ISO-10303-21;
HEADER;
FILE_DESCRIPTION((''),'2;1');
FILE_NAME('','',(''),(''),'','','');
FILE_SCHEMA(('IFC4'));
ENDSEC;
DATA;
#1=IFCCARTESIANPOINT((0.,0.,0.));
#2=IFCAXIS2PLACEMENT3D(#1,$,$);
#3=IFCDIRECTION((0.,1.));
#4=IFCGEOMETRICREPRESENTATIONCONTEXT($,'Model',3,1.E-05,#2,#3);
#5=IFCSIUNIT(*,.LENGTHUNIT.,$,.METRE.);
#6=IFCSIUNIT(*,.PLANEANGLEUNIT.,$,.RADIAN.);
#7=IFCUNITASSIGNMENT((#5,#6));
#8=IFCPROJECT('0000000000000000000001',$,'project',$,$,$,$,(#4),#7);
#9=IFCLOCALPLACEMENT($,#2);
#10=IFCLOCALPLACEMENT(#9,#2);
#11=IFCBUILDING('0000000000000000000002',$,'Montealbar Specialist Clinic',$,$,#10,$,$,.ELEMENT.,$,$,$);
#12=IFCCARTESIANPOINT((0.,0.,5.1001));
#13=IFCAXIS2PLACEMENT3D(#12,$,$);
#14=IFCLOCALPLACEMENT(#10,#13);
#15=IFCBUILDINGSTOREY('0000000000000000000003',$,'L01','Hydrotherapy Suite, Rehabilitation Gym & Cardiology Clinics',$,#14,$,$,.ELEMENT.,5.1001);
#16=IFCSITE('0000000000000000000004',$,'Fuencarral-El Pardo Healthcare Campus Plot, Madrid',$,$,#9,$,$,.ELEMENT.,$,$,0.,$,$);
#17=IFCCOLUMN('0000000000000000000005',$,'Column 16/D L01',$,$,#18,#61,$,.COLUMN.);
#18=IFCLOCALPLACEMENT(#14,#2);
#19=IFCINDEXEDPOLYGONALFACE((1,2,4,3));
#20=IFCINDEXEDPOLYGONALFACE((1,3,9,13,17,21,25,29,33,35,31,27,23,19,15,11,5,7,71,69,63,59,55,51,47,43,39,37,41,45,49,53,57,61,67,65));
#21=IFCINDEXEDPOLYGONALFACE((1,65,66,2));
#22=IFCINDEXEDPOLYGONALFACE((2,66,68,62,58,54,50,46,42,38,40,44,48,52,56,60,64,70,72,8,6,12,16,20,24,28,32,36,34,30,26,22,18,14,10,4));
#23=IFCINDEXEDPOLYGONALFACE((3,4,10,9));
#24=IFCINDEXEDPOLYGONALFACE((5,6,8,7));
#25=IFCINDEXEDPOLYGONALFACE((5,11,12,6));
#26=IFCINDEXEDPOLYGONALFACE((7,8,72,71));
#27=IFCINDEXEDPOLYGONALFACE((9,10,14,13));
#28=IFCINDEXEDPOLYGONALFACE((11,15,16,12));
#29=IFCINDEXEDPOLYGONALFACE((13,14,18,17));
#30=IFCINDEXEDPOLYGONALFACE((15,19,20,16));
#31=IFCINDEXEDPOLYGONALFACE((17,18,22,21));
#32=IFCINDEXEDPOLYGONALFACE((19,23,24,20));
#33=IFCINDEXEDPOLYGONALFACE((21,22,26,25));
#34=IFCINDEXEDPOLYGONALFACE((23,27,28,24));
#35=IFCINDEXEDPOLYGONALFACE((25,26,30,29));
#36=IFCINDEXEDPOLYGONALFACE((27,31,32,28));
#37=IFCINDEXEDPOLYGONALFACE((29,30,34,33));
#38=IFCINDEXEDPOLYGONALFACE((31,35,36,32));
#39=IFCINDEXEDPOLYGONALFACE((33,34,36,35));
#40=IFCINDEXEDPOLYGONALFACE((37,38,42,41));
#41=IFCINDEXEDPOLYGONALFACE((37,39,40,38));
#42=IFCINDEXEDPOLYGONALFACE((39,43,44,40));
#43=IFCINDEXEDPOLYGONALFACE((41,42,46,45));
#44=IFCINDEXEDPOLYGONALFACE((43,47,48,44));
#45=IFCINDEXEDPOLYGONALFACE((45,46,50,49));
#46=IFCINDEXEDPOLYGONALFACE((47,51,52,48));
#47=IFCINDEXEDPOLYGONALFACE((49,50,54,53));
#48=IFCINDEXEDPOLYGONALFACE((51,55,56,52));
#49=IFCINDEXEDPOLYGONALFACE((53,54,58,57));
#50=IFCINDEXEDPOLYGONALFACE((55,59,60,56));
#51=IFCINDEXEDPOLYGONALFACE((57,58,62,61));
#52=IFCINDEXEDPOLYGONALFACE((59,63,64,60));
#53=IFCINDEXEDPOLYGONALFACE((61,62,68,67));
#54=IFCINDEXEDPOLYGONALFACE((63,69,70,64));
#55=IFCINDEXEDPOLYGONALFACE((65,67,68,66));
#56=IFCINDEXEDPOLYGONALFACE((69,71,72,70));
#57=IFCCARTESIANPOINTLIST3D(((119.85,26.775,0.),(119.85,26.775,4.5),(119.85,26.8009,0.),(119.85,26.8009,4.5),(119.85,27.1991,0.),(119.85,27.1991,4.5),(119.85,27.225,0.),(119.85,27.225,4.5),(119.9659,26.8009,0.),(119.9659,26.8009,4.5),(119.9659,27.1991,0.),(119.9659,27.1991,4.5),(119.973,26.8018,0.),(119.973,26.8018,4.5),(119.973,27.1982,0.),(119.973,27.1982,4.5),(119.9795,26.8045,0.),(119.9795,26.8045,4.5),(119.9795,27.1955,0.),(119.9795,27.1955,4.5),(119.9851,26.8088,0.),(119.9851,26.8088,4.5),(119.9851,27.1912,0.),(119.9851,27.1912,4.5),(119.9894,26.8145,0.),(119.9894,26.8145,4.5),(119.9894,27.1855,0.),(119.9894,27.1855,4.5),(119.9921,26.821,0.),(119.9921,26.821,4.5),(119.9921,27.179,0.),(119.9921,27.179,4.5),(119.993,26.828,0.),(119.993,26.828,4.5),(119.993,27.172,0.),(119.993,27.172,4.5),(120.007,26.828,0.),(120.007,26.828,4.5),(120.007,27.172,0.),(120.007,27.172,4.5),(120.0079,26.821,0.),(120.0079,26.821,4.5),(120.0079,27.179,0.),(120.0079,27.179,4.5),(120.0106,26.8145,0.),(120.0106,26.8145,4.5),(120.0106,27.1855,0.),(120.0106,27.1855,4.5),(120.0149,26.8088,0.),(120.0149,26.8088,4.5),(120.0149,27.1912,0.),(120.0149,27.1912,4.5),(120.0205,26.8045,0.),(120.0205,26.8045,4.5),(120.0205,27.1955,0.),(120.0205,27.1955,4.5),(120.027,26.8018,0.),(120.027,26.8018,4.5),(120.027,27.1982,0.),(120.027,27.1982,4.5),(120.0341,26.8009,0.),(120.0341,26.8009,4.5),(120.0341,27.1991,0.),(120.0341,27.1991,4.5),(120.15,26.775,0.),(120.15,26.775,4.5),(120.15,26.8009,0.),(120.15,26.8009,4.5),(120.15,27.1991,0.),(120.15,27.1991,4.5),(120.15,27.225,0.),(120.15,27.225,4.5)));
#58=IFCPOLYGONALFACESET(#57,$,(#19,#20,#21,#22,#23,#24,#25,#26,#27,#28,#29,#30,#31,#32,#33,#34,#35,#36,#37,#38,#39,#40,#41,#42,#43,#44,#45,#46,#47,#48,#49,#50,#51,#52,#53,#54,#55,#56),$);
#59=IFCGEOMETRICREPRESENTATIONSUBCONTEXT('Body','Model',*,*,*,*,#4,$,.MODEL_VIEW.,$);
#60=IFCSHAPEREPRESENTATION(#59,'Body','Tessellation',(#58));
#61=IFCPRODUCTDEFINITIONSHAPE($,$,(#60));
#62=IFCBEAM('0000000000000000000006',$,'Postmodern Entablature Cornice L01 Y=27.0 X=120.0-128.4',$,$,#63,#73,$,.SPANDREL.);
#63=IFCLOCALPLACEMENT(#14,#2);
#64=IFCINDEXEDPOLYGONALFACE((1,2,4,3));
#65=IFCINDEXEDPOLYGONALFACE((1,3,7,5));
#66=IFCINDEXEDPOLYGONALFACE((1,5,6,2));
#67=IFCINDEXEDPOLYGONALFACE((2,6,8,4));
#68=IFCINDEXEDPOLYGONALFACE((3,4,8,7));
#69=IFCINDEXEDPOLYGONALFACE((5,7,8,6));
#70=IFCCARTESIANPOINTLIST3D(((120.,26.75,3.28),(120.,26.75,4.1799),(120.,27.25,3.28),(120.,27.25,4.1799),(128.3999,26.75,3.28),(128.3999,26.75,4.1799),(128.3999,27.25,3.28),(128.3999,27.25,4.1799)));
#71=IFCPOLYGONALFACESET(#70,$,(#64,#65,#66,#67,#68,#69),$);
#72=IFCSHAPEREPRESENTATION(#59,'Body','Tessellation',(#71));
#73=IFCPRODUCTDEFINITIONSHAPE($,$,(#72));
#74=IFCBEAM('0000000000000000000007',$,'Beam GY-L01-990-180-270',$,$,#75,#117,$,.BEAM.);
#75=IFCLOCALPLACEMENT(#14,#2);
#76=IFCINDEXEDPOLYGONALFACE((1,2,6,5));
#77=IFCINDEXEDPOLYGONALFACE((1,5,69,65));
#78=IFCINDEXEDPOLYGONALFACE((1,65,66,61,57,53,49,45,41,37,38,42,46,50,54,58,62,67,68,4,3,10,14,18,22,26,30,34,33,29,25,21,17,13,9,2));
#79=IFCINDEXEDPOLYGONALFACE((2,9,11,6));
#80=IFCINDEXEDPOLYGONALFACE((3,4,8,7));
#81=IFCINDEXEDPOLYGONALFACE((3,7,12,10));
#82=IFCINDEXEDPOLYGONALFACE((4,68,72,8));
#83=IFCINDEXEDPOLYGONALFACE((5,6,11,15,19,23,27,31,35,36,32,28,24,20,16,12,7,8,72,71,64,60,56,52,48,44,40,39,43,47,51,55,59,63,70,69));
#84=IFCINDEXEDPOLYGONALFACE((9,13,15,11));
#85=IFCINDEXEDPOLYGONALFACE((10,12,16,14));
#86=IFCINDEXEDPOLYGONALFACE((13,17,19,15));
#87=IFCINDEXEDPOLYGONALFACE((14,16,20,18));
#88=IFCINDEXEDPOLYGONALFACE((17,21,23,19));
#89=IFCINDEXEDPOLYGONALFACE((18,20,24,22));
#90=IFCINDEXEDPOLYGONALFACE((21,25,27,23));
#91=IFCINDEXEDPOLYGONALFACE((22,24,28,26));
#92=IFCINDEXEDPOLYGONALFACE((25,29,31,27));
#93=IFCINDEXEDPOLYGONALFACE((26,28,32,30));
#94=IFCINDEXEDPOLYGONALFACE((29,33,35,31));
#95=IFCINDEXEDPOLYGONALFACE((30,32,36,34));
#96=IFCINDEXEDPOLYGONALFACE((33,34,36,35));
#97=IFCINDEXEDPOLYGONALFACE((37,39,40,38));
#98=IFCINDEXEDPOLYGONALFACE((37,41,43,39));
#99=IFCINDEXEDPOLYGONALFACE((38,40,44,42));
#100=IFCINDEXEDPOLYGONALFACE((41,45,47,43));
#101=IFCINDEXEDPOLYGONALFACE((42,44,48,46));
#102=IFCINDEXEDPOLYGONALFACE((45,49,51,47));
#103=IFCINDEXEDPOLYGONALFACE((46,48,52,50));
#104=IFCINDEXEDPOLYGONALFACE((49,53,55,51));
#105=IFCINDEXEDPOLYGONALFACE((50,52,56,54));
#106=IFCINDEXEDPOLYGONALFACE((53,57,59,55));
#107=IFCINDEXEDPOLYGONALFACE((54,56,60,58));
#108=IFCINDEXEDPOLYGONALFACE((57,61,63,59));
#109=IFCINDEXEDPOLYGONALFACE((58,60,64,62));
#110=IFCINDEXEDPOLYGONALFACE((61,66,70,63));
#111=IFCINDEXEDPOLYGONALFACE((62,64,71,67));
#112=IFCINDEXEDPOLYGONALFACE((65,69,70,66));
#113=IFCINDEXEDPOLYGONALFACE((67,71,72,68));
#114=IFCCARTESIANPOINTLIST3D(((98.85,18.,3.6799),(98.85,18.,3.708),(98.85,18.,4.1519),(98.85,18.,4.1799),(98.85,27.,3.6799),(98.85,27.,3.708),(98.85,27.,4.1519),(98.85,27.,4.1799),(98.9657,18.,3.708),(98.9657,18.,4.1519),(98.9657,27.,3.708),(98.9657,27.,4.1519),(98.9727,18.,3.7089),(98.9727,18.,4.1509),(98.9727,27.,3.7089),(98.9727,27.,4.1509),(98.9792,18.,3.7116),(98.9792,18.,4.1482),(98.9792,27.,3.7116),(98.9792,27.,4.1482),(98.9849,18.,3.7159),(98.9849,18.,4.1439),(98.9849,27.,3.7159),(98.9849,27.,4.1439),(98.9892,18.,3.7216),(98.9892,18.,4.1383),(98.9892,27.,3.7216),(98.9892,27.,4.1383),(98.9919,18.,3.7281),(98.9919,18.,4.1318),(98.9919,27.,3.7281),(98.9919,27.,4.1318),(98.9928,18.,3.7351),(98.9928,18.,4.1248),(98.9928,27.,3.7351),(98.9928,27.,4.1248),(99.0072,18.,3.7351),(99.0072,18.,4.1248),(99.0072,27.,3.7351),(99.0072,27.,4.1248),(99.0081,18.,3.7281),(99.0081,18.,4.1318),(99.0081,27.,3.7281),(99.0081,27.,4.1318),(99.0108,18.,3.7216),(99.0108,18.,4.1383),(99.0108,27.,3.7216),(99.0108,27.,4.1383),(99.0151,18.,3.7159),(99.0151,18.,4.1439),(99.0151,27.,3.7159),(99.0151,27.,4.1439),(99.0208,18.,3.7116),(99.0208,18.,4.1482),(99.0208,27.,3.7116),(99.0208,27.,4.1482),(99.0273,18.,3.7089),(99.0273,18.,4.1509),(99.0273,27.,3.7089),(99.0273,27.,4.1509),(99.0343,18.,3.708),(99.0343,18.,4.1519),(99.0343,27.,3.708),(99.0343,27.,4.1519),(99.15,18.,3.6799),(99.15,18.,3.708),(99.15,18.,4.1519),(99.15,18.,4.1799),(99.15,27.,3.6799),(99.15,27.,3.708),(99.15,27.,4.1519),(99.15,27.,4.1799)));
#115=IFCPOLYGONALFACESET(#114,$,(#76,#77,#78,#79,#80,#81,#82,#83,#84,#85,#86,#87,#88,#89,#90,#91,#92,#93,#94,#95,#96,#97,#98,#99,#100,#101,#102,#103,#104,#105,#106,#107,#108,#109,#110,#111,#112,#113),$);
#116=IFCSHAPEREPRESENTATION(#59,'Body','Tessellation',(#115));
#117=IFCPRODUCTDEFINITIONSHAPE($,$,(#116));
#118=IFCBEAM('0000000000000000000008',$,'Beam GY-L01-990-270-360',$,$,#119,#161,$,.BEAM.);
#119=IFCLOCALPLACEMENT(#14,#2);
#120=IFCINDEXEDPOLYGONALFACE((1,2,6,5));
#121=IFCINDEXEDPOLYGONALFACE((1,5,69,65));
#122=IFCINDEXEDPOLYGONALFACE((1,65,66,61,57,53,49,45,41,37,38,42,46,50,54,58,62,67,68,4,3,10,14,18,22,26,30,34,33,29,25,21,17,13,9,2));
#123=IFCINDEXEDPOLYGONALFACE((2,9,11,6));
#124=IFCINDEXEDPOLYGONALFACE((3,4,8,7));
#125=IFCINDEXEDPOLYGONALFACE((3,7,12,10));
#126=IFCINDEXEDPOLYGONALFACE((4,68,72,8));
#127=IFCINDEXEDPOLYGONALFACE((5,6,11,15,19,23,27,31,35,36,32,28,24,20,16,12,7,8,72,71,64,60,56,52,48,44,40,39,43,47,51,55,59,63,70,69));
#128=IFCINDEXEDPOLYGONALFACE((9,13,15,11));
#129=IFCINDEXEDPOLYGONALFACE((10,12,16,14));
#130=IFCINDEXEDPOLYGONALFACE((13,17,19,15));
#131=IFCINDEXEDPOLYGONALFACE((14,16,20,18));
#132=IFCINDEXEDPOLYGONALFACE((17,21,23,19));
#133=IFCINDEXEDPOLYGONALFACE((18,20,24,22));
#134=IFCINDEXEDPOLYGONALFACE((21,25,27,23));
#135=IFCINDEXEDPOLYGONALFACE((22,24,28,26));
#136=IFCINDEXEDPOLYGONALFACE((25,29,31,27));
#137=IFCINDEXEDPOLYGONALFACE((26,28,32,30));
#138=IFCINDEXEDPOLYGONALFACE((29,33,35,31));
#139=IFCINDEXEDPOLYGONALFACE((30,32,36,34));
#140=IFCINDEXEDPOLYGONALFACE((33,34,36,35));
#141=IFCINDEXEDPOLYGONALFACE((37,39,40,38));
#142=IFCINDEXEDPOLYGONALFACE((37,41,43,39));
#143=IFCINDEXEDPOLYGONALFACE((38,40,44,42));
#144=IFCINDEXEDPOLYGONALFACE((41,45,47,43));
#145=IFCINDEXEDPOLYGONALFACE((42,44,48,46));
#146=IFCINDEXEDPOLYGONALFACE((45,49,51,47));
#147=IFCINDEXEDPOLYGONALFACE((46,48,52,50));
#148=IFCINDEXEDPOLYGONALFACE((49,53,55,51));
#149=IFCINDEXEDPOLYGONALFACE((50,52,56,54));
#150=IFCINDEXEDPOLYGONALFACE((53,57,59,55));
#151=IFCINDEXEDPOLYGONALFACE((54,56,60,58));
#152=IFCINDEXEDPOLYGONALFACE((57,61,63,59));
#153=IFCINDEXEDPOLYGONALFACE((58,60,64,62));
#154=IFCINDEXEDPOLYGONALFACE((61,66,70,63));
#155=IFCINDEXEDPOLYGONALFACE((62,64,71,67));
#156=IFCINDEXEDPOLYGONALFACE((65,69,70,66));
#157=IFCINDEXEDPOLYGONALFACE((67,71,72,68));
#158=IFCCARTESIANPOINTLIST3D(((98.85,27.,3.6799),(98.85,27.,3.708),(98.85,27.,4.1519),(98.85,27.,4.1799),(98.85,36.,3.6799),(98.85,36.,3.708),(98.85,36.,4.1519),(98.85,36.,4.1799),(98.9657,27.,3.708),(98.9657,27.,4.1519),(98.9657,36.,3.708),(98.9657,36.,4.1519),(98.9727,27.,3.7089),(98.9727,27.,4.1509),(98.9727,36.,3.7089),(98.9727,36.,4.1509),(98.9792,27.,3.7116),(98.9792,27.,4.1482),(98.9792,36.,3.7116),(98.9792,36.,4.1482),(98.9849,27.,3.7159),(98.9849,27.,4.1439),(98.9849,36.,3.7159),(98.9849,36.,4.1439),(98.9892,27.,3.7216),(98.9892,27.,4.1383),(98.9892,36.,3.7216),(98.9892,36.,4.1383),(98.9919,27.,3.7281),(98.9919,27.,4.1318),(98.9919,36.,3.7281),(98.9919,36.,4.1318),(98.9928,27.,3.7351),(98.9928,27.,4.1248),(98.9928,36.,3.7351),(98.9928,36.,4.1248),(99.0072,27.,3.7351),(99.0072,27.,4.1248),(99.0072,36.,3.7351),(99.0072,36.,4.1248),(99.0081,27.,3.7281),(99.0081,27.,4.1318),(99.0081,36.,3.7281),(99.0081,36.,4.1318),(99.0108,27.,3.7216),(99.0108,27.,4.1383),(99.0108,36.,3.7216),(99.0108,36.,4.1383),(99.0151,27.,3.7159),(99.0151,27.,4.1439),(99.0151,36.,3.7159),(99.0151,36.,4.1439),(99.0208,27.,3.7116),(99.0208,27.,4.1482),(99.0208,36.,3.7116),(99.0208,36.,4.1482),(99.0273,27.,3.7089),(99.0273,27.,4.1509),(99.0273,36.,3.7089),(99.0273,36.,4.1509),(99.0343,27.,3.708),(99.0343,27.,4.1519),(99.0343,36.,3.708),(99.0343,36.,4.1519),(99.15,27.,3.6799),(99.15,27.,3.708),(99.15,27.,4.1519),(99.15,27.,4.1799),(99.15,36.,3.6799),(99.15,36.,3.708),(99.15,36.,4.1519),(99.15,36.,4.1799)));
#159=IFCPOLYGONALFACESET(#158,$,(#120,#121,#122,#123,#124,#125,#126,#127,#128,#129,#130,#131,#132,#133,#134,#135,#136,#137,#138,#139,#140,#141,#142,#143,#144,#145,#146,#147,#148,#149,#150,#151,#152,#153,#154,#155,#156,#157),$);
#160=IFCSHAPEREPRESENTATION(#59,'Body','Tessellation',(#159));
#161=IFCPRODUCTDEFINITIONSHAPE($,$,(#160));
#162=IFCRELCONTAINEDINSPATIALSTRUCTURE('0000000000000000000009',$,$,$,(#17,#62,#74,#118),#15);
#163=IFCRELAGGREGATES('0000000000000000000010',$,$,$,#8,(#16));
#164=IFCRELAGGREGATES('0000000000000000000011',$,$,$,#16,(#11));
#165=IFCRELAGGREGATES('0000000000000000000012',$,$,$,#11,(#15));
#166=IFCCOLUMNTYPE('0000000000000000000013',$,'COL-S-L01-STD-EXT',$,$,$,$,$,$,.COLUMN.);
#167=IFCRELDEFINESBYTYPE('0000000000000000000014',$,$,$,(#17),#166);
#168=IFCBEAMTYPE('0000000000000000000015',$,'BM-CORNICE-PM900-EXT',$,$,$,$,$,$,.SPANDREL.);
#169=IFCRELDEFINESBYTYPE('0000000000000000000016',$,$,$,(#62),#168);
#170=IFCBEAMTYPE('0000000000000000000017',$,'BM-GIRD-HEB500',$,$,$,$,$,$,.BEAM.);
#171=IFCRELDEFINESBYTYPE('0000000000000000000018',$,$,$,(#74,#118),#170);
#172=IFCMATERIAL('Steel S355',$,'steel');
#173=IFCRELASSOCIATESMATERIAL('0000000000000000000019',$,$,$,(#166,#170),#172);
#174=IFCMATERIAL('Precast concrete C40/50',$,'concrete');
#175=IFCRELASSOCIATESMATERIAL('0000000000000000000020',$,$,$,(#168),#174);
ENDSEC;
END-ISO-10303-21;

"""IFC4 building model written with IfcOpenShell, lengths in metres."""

from ifc_helpers import new_model, si_unit, direction, frame, origin, origin_2d, place, context, subcontext, project, spatial, rectangle, i_section, extrude, material, material_profile, profile_set, type_object, element, save


model = new_model("IFC4")

# Units and contexts
model_context = context("Model", 3, precision=1e-05, world=origin(), true_north=direction((0.0, 1.0)))
body_context = subcontext(model_context, "Body", "Model", "MODEL_VIEW")
ifc_project = project(units=[si_unit("LENGTHUNIT", "METRE"), si_unit("PLANEANGLEUNIT", "RADIAN")], contexts=[model_context])

# Site, building, storey
site_placement = place(None, origin())
site = spatial("IfcSite", under=ifc_project, at=site_placement, Name="Fuencarral-El Pardo Healthcare Campus Plot, Madrid", CompositionType="ELEMENT", RefElevation=0.0)
building_placement = place(site_placement, origin())
building = spatial("IfcBuilding", under=site, at=building_placement, Name="Montealbar Specialist Clinic", CompositionType="ELEMENT")
storey_placement = place(building_placement, frame((0.0, 0.0, 5.1001)))
storey = spatial("IfcBuildingStorey", under=building, at=storey_placement, Name="L01", Description="Hydrotherapy Suite, Rehabilitation Gym & Cardiology Clinics", CompositionType="ELEMENT", Elevation=5.1001)

# Column
ifc_material_1 = material(Name="Steel S355", Category="steel")
ifc_material_profile_1 = material_profile(ifc_material_1, i_section(OverallWidth=0.3, OverallDepth=0.45, WebThickness=0.0139, FlangeThickness=0.0259, FilletRadius=0.0271, at=origin_2d()), Name="HEB 450", Category="steel")
ifc_profile_set_1 = profile_set([ifc_material_profile_1], Name="Steel S355")
column_type_1 = type_object("IfcColumnType", Name="COL-S-L01-STD-EXT", PredefinedType="COLUMN", material=ifc_profile_set_1)
column_placement = place(storey_placement, frame((120.0, 27.0, 0.0), z_axis=(0.0, 0.0, 1.0), x_axis=(1.0, 0.0, 0.0)))
element("IfcColumn", 1, at=column_placement, inside=storey, type_object=column_type_1, Name="Column 16/D L01", PredefinedType="COLUMN", context=body_context, shape_type="SweptSolid", body=[
    extrude(i_section(OverallWidth=0.3, OverallDepth=0.45, WebThickness=0.0139, FlangeThickness=0.0259, FilletRadius=0.0271, at=origin_2d()), origin(), (0.0, 0.0, 1.0), 4.5),
])

# Beams
ifc_material_2 = material(Name="Precast concrete C40/50", Category="concrete")
ifc_material_profile_2 = material_profile(ifc_material_2, rectangle(XDim=0.5, YDim=0.8999, at=origin_2d()), Name="PRECAST CORNICE 500x900", Category="concrete")
ifc_profile_set_2 = profile_set([ifc_material_profile_2], Name="Precast concrete C40/50")
beam_type_1 = type_object("IfcBeamType", Name="BM-CORNICE-PM900-EXT", PredefinedType="SPANDREL", material=ifc_profile_set_2)
beam_1_placement = place(storey_placement, frame((120.0, 27.0, 3.73), z_axis=(1.0, 0.0, 0.0), x_axis=(0.0, 1.0, 0.0)))
element("IfcBeam", 2, at=beam_1_placement, inside=storey, type_object=beam_type_1, Name="Postmodern Entablature Cornice L01 Y=27.0 X=120.0-128.4", PredefinedType="SPANDREL", context=body_context, shape_type="SweptSolid", body=[
    extrude(rectangle(XDim=0.5, YDim=0.8999, at=origin_2d()), origin(), (0.0, 0.0, 1.0), 8.3999),
])
ifc_material_profile_3 = material_profile(ifc_material_1, i_section(OverallWidth=0.3, OverallDepth=0.5, WebThickness=0.0144, FlangeThickness=0.0281, FilletRadius=0.0271, at=origin_2d()), Name="HEB 500", Category="steel")
ifc_profile_set_3 = profile_set([ifc_material_profile_3], Name="Steel S355")
beam_type_2 = type_object("IfcBeamType", Name="BM-GIRD-HEB500", PredefinedType="BEAM", material=ifc_profile_set_3)
for number, where, z_axis, x_axis, name in (
    (3, (99.0, 18.0, 3.9299), (0.0, 1.0, 0.0), (-1.0, 0.0, 0.0), "Beam GY-L01-990-180-270"),
    (4, (99.0, 27.0, 3.9299), (0.0, 1.0, 0.0), (-1.0, 0.0, 0.0), "Beam GY-L01-990-270-360"),
):
    element("IfcBeam", number, at=place(storey_placement, frame(where, z_axis=z_axis, x_axis=x_axis)), inside=storey, type_object=beam_type_2, Name=name, PredefinedType="BEAM", context=body_context, shape_type="SweptSolid", body=[
        extrude(i_section(OverallWidth=0.3, OverallDepth=0.5, WebThickness=0.0144, FlangeThickness=0.0281, FilletRadius=0.0271, at=origin_2d()), origin(), (0.0, 0.0, 1.0), 9.0),
    ])

save(model, "model.ifc")
